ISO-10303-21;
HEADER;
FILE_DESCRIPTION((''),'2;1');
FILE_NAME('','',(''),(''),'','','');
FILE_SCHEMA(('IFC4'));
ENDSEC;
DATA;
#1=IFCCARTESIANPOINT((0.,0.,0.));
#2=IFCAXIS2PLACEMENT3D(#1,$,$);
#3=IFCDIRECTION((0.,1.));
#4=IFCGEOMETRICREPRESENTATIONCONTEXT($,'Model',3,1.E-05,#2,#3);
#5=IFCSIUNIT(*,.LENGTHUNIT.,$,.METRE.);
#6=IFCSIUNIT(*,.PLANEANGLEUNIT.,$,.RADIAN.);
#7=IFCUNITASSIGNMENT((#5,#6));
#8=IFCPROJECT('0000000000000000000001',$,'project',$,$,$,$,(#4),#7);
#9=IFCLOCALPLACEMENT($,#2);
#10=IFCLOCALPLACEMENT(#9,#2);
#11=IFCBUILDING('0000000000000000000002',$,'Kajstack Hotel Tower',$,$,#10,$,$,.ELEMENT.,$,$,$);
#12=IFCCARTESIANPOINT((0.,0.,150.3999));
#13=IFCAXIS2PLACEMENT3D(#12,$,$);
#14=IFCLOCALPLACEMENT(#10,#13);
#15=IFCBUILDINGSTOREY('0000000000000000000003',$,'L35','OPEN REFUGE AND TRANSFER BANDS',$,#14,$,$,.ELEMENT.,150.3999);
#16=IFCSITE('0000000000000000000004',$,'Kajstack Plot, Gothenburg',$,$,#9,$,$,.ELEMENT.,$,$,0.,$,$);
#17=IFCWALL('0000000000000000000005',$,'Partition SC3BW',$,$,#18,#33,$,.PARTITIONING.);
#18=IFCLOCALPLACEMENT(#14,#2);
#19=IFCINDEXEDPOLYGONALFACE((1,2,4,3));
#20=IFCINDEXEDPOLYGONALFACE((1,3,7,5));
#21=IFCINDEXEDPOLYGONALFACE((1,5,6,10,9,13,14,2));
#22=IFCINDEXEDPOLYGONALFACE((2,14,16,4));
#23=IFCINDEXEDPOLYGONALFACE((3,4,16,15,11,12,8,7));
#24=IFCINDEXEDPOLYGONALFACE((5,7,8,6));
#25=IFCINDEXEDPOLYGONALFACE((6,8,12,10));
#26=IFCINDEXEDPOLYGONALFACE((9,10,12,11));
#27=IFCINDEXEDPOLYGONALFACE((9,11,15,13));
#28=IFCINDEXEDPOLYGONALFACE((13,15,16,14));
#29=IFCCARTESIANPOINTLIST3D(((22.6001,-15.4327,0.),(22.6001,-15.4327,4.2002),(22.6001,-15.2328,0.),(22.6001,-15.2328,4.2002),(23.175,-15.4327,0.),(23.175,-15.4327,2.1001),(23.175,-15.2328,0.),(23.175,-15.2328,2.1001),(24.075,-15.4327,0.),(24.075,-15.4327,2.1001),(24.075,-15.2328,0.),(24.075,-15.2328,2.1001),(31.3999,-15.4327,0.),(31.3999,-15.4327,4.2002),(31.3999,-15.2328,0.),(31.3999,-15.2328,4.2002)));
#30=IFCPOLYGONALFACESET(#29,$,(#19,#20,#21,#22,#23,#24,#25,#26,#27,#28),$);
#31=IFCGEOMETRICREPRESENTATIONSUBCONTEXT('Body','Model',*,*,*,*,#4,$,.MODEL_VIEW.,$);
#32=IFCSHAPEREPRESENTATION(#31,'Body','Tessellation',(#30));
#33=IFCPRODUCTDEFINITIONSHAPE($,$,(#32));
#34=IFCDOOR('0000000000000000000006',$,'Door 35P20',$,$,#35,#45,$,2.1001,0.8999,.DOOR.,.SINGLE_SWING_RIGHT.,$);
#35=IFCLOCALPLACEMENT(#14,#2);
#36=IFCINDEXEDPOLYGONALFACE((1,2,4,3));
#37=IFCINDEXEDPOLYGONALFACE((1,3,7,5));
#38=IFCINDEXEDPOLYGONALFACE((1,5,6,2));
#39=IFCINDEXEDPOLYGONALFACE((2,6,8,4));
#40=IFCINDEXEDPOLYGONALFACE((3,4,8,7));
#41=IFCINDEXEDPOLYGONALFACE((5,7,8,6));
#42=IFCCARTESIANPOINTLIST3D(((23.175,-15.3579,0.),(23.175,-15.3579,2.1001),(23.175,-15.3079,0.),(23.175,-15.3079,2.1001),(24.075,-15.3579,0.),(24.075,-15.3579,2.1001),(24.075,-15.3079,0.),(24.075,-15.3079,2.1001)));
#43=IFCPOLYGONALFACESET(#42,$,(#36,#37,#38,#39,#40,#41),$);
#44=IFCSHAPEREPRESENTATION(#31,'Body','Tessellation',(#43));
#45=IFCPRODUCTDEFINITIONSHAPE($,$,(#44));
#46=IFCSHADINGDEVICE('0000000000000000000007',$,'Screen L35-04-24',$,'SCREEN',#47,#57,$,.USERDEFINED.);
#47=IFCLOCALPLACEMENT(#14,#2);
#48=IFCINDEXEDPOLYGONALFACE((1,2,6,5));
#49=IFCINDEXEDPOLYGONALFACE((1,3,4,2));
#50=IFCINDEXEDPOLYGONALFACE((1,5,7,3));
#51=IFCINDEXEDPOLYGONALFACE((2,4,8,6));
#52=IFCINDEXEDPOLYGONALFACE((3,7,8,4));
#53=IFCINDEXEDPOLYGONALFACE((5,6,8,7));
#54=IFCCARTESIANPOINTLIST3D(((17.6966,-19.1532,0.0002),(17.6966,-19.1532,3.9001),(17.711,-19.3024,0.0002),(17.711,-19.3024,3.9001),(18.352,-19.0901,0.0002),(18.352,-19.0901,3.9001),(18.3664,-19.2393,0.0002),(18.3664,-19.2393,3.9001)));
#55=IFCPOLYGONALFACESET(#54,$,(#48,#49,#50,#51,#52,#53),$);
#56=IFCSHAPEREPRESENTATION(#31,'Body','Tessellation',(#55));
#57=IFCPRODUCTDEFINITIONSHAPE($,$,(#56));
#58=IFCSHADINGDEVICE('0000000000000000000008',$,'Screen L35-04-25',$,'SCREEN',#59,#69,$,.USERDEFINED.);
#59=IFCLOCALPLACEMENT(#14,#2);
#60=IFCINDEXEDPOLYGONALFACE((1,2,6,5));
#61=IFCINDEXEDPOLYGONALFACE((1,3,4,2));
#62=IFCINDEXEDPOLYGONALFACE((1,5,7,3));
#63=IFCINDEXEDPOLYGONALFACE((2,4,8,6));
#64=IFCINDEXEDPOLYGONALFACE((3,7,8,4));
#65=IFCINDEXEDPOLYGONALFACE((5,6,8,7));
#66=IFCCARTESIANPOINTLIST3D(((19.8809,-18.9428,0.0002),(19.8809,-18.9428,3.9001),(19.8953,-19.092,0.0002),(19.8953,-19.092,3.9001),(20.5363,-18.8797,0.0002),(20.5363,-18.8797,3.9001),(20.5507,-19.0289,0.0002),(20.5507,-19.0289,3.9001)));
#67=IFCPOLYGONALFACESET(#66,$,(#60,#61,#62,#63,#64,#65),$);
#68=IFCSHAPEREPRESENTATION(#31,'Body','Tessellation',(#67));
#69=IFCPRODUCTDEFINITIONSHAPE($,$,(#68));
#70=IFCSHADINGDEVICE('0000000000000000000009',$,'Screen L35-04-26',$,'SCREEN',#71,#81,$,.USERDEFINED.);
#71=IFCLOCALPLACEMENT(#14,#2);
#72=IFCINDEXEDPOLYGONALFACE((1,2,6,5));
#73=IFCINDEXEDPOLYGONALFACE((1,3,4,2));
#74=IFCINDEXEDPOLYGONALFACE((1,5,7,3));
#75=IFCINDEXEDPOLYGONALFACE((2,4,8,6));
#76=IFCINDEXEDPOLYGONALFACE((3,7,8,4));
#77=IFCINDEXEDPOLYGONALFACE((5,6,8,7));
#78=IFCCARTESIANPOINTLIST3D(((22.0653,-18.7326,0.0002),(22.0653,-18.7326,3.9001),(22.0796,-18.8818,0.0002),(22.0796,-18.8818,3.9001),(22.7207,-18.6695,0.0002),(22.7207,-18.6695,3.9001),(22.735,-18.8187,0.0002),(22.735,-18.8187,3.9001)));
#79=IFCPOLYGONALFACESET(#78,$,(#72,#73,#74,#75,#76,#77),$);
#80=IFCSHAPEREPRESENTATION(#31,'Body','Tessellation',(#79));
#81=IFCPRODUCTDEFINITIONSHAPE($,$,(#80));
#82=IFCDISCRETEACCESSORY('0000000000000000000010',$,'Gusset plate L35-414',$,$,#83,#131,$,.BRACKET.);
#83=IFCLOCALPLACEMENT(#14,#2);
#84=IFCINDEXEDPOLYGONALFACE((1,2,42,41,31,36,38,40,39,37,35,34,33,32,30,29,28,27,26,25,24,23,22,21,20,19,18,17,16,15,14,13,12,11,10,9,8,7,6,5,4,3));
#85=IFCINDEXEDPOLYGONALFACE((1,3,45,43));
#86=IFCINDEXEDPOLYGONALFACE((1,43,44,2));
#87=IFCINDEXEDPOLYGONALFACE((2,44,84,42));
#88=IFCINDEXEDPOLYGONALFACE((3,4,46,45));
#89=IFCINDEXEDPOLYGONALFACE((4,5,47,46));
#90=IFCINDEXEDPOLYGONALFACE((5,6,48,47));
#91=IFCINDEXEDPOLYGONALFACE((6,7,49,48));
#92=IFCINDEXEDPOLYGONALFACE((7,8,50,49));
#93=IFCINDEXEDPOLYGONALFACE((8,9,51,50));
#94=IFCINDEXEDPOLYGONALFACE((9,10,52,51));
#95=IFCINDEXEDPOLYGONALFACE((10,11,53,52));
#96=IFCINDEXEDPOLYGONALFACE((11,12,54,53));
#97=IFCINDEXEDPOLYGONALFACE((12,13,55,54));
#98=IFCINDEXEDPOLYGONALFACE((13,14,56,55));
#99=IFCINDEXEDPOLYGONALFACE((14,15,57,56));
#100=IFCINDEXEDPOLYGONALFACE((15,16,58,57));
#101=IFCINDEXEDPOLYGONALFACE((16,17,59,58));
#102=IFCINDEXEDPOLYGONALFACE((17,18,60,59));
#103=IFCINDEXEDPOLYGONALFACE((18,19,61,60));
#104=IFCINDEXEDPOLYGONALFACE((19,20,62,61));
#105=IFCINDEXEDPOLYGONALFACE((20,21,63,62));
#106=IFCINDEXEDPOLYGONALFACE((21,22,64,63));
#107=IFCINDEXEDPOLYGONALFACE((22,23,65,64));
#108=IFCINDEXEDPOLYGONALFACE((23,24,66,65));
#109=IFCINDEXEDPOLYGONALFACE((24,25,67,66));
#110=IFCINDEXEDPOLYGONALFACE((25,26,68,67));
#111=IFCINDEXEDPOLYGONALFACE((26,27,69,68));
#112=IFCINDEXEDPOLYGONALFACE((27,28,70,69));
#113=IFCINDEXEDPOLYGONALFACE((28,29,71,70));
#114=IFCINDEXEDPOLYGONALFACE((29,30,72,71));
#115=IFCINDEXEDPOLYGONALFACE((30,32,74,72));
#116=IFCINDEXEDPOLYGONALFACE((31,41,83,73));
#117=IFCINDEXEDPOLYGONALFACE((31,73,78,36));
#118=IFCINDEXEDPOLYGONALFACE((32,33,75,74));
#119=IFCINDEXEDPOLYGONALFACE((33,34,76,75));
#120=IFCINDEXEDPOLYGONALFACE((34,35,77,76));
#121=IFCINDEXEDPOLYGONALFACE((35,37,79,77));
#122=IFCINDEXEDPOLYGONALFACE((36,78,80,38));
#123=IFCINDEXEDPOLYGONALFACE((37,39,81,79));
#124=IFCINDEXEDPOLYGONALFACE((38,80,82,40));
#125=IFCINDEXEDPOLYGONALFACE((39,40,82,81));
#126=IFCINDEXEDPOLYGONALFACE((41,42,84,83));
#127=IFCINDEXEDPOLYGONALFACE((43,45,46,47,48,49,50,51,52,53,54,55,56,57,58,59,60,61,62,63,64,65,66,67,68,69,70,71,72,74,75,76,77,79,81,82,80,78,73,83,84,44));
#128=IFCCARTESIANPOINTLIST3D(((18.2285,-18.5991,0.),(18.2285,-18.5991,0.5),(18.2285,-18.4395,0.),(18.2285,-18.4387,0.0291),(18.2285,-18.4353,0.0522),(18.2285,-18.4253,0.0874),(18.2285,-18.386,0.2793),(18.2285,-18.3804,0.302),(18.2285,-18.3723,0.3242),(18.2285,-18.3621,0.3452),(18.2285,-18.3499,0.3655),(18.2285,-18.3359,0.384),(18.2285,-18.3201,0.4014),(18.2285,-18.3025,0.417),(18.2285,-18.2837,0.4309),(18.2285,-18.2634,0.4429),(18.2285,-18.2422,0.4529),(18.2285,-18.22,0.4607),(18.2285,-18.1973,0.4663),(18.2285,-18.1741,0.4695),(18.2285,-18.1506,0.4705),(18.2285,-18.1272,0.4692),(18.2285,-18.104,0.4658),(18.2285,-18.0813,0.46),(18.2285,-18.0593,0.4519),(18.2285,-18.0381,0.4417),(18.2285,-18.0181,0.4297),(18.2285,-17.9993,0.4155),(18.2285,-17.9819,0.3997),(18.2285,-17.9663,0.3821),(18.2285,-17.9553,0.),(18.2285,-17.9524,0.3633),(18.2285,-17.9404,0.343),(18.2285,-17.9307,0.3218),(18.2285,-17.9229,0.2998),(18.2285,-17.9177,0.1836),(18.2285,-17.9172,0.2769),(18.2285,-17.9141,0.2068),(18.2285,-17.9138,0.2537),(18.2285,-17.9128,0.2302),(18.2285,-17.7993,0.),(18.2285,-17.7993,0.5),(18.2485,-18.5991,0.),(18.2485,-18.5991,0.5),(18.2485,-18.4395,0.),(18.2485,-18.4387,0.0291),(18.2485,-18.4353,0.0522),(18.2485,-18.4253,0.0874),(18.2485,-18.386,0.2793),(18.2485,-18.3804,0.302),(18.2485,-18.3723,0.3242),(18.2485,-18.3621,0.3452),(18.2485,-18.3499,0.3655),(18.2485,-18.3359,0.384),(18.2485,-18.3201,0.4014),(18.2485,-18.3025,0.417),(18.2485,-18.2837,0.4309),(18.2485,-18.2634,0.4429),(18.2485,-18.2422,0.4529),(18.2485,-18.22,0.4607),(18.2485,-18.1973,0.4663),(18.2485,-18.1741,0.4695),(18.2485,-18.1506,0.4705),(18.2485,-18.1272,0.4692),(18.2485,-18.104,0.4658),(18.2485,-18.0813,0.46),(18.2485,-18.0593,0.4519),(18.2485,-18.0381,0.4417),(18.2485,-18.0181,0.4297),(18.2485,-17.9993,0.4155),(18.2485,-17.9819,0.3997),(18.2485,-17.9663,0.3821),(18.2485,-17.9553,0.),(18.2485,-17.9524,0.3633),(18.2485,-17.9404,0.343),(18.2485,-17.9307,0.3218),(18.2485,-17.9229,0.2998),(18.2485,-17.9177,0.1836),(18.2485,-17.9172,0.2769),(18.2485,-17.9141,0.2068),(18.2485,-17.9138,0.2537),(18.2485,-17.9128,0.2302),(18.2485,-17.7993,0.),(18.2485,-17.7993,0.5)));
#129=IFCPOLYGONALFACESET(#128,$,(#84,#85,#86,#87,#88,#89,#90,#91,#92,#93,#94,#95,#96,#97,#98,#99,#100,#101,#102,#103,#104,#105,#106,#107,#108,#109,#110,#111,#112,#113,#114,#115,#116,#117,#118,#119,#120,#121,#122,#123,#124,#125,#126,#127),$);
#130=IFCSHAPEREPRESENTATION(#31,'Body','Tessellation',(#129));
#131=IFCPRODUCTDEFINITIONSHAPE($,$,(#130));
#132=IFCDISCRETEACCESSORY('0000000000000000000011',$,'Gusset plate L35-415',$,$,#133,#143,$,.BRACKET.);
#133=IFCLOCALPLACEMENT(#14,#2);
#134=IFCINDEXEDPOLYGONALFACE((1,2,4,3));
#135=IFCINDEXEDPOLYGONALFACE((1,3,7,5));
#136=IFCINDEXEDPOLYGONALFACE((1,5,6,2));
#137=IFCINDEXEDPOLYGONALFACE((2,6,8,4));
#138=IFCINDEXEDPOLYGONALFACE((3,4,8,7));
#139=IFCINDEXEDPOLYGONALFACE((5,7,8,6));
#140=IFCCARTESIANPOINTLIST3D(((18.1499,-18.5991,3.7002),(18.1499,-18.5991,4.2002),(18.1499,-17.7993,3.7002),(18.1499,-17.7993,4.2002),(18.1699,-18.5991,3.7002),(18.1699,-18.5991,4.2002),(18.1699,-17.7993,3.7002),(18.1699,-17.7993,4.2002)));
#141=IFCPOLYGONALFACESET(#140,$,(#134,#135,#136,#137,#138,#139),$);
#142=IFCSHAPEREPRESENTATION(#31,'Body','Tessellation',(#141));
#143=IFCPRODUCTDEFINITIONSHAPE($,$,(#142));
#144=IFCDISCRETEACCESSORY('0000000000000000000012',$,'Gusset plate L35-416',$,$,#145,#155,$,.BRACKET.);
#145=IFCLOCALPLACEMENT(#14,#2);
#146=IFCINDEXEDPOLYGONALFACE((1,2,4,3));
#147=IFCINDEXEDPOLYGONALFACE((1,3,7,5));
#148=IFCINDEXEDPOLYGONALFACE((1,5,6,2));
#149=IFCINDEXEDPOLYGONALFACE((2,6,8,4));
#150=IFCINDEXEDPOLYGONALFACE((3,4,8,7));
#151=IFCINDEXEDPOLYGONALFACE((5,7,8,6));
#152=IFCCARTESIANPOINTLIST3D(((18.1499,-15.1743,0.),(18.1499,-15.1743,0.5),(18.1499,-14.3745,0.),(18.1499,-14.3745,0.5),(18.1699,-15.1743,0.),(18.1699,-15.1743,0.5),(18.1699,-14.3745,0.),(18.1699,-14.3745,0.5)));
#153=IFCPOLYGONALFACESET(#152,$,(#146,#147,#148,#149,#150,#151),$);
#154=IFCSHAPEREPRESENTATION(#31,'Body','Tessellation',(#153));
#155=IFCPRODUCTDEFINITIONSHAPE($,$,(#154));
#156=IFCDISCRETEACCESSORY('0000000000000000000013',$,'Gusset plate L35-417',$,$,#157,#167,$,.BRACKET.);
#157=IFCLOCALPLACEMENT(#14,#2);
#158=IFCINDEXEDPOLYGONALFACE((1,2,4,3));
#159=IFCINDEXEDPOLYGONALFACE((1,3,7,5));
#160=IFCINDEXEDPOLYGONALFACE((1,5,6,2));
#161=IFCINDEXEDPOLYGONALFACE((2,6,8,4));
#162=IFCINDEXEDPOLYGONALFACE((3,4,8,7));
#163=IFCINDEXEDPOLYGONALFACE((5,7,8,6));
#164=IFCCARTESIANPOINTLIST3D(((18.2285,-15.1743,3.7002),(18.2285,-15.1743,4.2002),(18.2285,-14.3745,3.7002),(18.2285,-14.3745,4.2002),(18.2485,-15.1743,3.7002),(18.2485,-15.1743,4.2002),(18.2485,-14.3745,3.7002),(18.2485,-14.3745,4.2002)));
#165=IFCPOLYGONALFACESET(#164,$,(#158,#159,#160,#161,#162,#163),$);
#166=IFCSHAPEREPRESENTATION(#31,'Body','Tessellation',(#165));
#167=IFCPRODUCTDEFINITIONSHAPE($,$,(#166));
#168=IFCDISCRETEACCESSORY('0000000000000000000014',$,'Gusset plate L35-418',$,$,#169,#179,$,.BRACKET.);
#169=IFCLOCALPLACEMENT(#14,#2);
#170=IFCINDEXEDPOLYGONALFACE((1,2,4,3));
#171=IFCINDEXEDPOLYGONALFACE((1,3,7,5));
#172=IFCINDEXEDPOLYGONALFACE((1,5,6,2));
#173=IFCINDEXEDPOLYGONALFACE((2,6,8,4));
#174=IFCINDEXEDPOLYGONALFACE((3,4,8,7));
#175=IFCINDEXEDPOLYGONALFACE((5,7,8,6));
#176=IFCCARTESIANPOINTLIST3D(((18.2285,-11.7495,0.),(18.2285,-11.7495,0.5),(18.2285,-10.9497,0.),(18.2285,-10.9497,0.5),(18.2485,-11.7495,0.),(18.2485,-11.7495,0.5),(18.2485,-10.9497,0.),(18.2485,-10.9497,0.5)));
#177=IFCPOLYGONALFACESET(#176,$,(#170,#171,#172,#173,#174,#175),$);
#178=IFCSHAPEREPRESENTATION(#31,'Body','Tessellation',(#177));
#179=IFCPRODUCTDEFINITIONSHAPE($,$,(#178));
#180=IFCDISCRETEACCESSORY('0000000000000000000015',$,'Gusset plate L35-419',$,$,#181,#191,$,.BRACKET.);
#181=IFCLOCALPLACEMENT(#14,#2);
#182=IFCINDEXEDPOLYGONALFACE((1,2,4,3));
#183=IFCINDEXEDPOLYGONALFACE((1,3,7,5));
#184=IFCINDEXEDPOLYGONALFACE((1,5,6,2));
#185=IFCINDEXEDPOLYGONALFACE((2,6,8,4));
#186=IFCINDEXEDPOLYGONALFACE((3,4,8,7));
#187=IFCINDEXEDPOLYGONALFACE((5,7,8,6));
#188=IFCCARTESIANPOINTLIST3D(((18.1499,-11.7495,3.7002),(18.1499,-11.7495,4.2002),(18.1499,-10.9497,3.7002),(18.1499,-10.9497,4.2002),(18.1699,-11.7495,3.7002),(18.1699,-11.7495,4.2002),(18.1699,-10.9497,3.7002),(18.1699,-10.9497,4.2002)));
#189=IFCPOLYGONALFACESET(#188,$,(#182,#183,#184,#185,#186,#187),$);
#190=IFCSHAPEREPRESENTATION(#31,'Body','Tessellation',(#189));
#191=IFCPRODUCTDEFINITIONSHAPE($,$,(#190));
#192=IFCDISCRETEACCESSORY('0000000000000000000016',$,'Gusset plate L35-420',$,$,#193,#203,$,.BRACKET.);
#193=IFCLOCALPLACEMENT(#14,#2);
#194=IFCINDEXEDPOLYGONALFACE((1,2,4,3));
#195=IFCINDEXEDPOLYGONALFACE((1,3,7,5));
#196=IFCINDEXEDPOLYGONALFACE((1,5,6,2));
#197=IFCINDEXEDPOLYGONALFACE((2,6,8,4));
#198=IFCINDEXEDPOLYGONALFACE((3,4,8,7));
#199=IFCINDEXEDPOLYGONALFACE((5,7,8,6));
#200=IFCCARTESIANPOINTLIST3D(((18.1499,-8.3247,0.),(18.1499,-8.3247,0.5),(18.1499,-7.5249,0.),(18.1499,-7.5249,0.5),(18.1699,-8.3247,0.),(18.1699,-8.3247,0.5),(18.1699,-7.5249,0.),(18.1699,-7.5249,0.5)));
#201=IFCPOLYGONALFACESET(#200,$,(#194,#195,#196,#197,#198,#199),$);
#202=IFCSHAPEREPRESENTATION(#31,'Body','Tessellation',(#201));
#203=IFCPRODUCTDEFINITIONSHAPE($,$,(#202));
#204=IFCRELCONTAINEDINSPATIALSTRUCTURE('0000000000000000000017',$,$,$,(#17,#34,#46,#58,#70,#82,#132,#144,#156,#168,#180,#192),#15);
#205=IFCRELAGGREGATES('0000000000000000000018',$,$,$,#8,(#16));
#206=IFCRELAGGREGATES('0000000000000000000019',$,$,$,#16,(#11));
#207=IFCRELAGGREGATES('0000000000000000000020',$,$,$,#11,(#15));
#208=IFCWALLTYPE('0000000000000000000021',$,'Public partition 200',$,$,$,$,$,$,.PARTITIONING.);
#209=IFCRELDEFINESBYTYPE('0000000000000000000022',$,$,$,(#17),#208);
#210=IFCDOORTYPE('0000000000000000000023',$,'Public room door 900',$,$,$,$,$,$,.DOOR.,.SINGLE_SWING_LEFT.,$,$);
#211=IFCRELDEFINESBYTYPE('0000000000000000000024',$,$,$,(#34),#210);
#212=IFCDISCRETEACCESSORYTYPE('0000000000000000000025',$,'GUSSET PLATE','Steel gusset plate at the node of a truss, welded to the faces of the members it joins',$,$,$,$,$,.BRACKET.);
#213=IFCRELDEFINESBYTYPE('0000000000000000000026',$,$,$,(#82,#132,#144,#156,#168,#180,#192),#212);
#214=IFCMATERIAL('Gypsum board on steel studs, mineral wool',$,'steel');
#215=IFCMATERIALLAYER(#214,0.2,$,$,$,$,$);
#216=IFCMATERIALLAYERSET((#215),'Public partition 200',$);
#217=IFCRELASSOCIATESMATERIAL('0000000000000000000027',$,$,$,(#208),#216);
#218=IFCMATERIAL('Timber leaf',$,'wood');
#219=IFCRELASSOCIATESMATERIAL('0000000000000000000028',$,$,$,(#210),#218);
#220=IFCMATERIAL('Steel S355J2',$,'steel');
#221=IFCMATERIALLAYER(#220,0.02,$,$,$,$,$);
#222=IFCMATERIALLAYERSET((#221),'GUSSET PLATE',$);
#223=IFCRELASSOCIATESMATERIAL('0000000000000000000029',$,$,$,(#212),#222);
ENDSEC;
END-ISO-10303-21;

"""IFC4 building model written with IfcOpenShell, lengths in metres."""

from ifc_helpers import new_model, si_unit, direction, frame, frame_2d, origin, origin_2d, place, context, subcontext, project, spatial, polyline, rectangle, outline, extrude, material, layer, layer_set, type_object, element, fill, save


model = new_model("IFC4")

# Units and contexts
model_context = context("Model", 3, precision=1e-05, world=origin(), true_north=direction((0.0, 1.0)))
body_context = subcontext(model_context, "Body", "Model", "MODEL_VIEW")
ifc_project = project(units=[si_unit("LENGTHUNIT", "METRE"), si_unit("PLANEANGLEUNIT", "RADIAN")], contexts=[model_context])

# Site, building, storey
site_placement = place(None, origin())
site = spatial("IfcSite", under=ifc_project, at=site_placement, Name="Kajstack Plot, Gothenburg", CompositionType="ELEMENT", RefElevation=0.0)
building_placement = place(site_placement, origin())
building = spatial("IfcBuilding", under=site, at=building_placement, Name="Kajstack Hotel Tower", CompositionType="ELEMENT")
storey_placement = place(building_placement, frame((0.0, 0.0, 150.3999)))
storey = spatial("IfcBuildingStorey", under=building, at=storey_placement, Name="L35", Description="OPEN REFUGE AND TRANSFER BANDS", CompositionType="ELEMENT", Elevation=150.3999)

# Shared definitions
ifc_material_1 = material(Name="Steel S355J2", Category="steel")

# Shared definitions
ifc_material_2 = material(Name="Gypsum board on steel studs, mineral wool", Category="steel")
ifc_layer_1 = layer(ifc_material_2, 0.2)
ifc_layer_set_1 = layer_set([ifc_layer_1], Name="Public partition 200")
wall_type = type_object("IfcWallType", Name="Public partition 200", PredefinedType="PARTITIONING", material=ifc_layer_set_1)

# Wall, opening, door
wall_1_placement = place(storey_placement, frame((22.6001, -15.3328, 0.0), z_axis=(0.0, 0.0, 1.0), x_axis=(1.0, 0.0, 0.0)))
wall_1 = element("IfcWall", 1, at=wall_1_placement, inside=storey, type_object=wall_type, Name="Partition SC3BW", PredefinedType="PARTITIONING", context=body_context, shape_type="SweptSolid", body=[
    extrude(rectangle(XDim=8.7998, YDim=0.2, at=frame_2d((4.3999, 0.0))), origin(), (0.0, 0.0, 1.0), 4.2002),
])
opening_placement = place(wall_1_placement, frame((0.575, 0.0, 0.0)))
opening = element("IfcOpeningElement", 2, at=opening_placement, cuts=wall_1, PredefinedType="OPENING", context=body_context, shape_type="SweptSolid", body=[
    extrude(rectangle(XDim=0.8999, YDim=2.1001, at=frame_2d((0.45, 1.05))), frame((0.0, 0.1099, 0.0), z_axis=(0.0, -1.0, 0.0), x_axis=(1.0, 0.0, 0.0)), (0.0, 0.0, 1.0), 0.22),
])
ifc_material_3 = material(Name="Timber leaf", Category="wood")
door_type = type_object("IfcDoorType", Name="Public room door 900", OperationType="SINGLE_SWING_LEFT", PredefinedType="DOOR", material=ifc_material_3)
door_placement = place(opening_placement, origin())
door = element("IfcDoor", 3, at=door_placement, inside=storey, type_object=door_type, Name="Door 35P20", OperationType="SINGLE_SWING_RIGHT", OverallHeight=2.1001, OverallWidth=0.8999, PredefinedType="DOOR", context=body_context, shape_type="SweptSolid", body=[
    extrude(rectangle(XDim=0.8999, YDim=2.1001, at=frame_2d((0.45, 1.05))), frame((0.0, 0.0249, 0.0), z_axis=(0.0, -1.0, 0.0), x_axis=(1.0, 0.0, 0.0)), (0.0, 0.0, 1.0), 0.05),
])
fill(opening, door)

# Shading devices
for number, where, z_axis, x_axis, name in (
    (4, (18.0315, -19.1963, 0.0002), (0.0, 0.0, 1.0), (0.995396, 0.095846, 0.0), "Screen L35-04-24"),
    (5, (20.2158, -18.9858, 0.0002), (0.0, 0.0, 1.0), (0.995396, 0.095846, 0.0), "Screen L35-04-25"),
    (6, (22.4001, -18.7756, 0.0002), (0.0, 0.0, 1.0), (0.995396, 0.095846, 0.0), "Screen L35-04-26"),
):
    element("IfcShadingDevice", number, at=place(storey_placement, frame(where, z_axis=z_axis, x_axis=x_axis)), inside=storey, Name=name, ObjectType="SCREEN", PredefinedType="USERDEFINED", context=body_context, shape_type="SweptSolid", body=[
        extrude(rectangle(XDim=0.6584, YDim=0.1499, at=origin_2d()), origin(), (0.0, 0.0, 1.0), 3.8999),
    ])

# Discrete accessories
ifc_layer_2 = layer(ifc_material_1, 0.02)
ifc_layer_set_2 = layer_set([ifc_layer_2], Name="GUSSET PLATE")
discrete_accessory_type = type_object("IfcDiscreteAccessoryType", Name="GUSSET PLATE", Description="Steel gusset plate at the node of a truss, welded to the faces of the members it joins", PredefinedType="BRACKET", material=ifc_layer_set_2)
discrete_accessory_placement = place(storey_placement, frame((18.2285, -18.1992, 0.0), z_axis=(1.0, 0.0, 0.0), x_axis=(0.0, 1.0, 0.0)))
element("IfcDiscreteAccessory", 7, at=discrete_accessory_placement, inside=storey, type_object=discrete_accessory_type, Name="Gusset plate L35-414", PredefinedType="BRACKET", context=body_context, shape_type="SweptSolid", body=[
    extrude(outline(polyline([(-0.3999, 0.0), (-0.2402, 0.0), (-0.2395, 0.0291), (-0.2361, 0.0522), (-0.2261, 0.0874), (-0.1868, 0.2793), (-0.1812, 0.302), (-0.1731, 0.3242), (-0.1628, 0.3452), (-0.1506, 0.3655), (-0.1367, 0.384), (-0.1208, 0.4014), (-0.1033, 0.417), (-0.0845, 0.4309), (-0.0642, 0.4429), (-0.043, 0.4529), (-0.0208, 0.4607), (0.002, 0.4663), (0.0251, 0.4695), (0.0486, 0.4705), (0.072, 0.4692), (0.0952, 0.4658), (0.1179, 0.46), (0.1399, 0.4519), (0.1611, 0.4417), (0.1812, 0.4297), (0.2, 0.4155), (0.2173, 0.3997), (0.2329, 0.3821), (0.2468, 0.3633), (0.2588, 0.343), (0.2686, 0.3218), (0.2764, 0.2998), (0.282, 0.2769), (0.2854, 0.2537), (0.2864, 0.2302), (0.2852, 0.2068), (0.2815, 0.1836), (0.2439, 0.0), (0.3999, 0.0), (0.3999, 0.5), (-0.3999, 0.5), (-0.3999, 0.0)])), origin(), (0.0, 0.0, 1.0), 0.02),
])
for number, where, z_axis, x_axis, name in (
    (8, (18.1499, -18.1992, 3.7002), (1.0, 0.0, 0.0), (0.0, 1.0, 0.0), "Gusset plate L35-415"),
    (9, (18.1499, -14.7744, 0.0), (1.0, 0.0, 0.0), (0.0, 1.0, 0.0), "Gusset plate L35-416"),
    (10, (18.2285, -14.7744, 3.7002), (1.0, 0.0, 0.0), (0.0, 1.0, 0.0), "Gusset plate L35-417"),
    (11, (18.2285, -11.3496, 0.0), (1.0, 0.0, 0.0), (0.0, 1.0, 0.0), "Gusset plate L35-418"),
    (12, (18.1499, -11.3496, 3.7002), (1.0, 0.0, 0.0), (0.0, 1.0, 0.0), "Gusset plate L35-419"),
    (13, (18.1499, -7.9248, 0.0), (1.0, 0.0, 0.0), (0.0, 1.0, 0.0), "Gusset plate L35-420"),
):
    element("IfcDiscreteAccessory", number, at=place(storey_placement, frame(where, z_axis=z_axis, x_axis=x_axis)), inside=storey, type_object=discrete_accessory_type, Name=name, PredefinedType="BRACKET", context=body_context, shape_type="SweptSolid", body=[
        extrude(outline(polyline([(-0.3999, 0.0), (0.3999, 0.0), (0.3999, 0.5), (-0.3999, 0.5), (-0.3999, 0.0)])), origin(), (0.0, 0.0, 1.0), 0.02),
    ])

save(model, "model.ifc")
